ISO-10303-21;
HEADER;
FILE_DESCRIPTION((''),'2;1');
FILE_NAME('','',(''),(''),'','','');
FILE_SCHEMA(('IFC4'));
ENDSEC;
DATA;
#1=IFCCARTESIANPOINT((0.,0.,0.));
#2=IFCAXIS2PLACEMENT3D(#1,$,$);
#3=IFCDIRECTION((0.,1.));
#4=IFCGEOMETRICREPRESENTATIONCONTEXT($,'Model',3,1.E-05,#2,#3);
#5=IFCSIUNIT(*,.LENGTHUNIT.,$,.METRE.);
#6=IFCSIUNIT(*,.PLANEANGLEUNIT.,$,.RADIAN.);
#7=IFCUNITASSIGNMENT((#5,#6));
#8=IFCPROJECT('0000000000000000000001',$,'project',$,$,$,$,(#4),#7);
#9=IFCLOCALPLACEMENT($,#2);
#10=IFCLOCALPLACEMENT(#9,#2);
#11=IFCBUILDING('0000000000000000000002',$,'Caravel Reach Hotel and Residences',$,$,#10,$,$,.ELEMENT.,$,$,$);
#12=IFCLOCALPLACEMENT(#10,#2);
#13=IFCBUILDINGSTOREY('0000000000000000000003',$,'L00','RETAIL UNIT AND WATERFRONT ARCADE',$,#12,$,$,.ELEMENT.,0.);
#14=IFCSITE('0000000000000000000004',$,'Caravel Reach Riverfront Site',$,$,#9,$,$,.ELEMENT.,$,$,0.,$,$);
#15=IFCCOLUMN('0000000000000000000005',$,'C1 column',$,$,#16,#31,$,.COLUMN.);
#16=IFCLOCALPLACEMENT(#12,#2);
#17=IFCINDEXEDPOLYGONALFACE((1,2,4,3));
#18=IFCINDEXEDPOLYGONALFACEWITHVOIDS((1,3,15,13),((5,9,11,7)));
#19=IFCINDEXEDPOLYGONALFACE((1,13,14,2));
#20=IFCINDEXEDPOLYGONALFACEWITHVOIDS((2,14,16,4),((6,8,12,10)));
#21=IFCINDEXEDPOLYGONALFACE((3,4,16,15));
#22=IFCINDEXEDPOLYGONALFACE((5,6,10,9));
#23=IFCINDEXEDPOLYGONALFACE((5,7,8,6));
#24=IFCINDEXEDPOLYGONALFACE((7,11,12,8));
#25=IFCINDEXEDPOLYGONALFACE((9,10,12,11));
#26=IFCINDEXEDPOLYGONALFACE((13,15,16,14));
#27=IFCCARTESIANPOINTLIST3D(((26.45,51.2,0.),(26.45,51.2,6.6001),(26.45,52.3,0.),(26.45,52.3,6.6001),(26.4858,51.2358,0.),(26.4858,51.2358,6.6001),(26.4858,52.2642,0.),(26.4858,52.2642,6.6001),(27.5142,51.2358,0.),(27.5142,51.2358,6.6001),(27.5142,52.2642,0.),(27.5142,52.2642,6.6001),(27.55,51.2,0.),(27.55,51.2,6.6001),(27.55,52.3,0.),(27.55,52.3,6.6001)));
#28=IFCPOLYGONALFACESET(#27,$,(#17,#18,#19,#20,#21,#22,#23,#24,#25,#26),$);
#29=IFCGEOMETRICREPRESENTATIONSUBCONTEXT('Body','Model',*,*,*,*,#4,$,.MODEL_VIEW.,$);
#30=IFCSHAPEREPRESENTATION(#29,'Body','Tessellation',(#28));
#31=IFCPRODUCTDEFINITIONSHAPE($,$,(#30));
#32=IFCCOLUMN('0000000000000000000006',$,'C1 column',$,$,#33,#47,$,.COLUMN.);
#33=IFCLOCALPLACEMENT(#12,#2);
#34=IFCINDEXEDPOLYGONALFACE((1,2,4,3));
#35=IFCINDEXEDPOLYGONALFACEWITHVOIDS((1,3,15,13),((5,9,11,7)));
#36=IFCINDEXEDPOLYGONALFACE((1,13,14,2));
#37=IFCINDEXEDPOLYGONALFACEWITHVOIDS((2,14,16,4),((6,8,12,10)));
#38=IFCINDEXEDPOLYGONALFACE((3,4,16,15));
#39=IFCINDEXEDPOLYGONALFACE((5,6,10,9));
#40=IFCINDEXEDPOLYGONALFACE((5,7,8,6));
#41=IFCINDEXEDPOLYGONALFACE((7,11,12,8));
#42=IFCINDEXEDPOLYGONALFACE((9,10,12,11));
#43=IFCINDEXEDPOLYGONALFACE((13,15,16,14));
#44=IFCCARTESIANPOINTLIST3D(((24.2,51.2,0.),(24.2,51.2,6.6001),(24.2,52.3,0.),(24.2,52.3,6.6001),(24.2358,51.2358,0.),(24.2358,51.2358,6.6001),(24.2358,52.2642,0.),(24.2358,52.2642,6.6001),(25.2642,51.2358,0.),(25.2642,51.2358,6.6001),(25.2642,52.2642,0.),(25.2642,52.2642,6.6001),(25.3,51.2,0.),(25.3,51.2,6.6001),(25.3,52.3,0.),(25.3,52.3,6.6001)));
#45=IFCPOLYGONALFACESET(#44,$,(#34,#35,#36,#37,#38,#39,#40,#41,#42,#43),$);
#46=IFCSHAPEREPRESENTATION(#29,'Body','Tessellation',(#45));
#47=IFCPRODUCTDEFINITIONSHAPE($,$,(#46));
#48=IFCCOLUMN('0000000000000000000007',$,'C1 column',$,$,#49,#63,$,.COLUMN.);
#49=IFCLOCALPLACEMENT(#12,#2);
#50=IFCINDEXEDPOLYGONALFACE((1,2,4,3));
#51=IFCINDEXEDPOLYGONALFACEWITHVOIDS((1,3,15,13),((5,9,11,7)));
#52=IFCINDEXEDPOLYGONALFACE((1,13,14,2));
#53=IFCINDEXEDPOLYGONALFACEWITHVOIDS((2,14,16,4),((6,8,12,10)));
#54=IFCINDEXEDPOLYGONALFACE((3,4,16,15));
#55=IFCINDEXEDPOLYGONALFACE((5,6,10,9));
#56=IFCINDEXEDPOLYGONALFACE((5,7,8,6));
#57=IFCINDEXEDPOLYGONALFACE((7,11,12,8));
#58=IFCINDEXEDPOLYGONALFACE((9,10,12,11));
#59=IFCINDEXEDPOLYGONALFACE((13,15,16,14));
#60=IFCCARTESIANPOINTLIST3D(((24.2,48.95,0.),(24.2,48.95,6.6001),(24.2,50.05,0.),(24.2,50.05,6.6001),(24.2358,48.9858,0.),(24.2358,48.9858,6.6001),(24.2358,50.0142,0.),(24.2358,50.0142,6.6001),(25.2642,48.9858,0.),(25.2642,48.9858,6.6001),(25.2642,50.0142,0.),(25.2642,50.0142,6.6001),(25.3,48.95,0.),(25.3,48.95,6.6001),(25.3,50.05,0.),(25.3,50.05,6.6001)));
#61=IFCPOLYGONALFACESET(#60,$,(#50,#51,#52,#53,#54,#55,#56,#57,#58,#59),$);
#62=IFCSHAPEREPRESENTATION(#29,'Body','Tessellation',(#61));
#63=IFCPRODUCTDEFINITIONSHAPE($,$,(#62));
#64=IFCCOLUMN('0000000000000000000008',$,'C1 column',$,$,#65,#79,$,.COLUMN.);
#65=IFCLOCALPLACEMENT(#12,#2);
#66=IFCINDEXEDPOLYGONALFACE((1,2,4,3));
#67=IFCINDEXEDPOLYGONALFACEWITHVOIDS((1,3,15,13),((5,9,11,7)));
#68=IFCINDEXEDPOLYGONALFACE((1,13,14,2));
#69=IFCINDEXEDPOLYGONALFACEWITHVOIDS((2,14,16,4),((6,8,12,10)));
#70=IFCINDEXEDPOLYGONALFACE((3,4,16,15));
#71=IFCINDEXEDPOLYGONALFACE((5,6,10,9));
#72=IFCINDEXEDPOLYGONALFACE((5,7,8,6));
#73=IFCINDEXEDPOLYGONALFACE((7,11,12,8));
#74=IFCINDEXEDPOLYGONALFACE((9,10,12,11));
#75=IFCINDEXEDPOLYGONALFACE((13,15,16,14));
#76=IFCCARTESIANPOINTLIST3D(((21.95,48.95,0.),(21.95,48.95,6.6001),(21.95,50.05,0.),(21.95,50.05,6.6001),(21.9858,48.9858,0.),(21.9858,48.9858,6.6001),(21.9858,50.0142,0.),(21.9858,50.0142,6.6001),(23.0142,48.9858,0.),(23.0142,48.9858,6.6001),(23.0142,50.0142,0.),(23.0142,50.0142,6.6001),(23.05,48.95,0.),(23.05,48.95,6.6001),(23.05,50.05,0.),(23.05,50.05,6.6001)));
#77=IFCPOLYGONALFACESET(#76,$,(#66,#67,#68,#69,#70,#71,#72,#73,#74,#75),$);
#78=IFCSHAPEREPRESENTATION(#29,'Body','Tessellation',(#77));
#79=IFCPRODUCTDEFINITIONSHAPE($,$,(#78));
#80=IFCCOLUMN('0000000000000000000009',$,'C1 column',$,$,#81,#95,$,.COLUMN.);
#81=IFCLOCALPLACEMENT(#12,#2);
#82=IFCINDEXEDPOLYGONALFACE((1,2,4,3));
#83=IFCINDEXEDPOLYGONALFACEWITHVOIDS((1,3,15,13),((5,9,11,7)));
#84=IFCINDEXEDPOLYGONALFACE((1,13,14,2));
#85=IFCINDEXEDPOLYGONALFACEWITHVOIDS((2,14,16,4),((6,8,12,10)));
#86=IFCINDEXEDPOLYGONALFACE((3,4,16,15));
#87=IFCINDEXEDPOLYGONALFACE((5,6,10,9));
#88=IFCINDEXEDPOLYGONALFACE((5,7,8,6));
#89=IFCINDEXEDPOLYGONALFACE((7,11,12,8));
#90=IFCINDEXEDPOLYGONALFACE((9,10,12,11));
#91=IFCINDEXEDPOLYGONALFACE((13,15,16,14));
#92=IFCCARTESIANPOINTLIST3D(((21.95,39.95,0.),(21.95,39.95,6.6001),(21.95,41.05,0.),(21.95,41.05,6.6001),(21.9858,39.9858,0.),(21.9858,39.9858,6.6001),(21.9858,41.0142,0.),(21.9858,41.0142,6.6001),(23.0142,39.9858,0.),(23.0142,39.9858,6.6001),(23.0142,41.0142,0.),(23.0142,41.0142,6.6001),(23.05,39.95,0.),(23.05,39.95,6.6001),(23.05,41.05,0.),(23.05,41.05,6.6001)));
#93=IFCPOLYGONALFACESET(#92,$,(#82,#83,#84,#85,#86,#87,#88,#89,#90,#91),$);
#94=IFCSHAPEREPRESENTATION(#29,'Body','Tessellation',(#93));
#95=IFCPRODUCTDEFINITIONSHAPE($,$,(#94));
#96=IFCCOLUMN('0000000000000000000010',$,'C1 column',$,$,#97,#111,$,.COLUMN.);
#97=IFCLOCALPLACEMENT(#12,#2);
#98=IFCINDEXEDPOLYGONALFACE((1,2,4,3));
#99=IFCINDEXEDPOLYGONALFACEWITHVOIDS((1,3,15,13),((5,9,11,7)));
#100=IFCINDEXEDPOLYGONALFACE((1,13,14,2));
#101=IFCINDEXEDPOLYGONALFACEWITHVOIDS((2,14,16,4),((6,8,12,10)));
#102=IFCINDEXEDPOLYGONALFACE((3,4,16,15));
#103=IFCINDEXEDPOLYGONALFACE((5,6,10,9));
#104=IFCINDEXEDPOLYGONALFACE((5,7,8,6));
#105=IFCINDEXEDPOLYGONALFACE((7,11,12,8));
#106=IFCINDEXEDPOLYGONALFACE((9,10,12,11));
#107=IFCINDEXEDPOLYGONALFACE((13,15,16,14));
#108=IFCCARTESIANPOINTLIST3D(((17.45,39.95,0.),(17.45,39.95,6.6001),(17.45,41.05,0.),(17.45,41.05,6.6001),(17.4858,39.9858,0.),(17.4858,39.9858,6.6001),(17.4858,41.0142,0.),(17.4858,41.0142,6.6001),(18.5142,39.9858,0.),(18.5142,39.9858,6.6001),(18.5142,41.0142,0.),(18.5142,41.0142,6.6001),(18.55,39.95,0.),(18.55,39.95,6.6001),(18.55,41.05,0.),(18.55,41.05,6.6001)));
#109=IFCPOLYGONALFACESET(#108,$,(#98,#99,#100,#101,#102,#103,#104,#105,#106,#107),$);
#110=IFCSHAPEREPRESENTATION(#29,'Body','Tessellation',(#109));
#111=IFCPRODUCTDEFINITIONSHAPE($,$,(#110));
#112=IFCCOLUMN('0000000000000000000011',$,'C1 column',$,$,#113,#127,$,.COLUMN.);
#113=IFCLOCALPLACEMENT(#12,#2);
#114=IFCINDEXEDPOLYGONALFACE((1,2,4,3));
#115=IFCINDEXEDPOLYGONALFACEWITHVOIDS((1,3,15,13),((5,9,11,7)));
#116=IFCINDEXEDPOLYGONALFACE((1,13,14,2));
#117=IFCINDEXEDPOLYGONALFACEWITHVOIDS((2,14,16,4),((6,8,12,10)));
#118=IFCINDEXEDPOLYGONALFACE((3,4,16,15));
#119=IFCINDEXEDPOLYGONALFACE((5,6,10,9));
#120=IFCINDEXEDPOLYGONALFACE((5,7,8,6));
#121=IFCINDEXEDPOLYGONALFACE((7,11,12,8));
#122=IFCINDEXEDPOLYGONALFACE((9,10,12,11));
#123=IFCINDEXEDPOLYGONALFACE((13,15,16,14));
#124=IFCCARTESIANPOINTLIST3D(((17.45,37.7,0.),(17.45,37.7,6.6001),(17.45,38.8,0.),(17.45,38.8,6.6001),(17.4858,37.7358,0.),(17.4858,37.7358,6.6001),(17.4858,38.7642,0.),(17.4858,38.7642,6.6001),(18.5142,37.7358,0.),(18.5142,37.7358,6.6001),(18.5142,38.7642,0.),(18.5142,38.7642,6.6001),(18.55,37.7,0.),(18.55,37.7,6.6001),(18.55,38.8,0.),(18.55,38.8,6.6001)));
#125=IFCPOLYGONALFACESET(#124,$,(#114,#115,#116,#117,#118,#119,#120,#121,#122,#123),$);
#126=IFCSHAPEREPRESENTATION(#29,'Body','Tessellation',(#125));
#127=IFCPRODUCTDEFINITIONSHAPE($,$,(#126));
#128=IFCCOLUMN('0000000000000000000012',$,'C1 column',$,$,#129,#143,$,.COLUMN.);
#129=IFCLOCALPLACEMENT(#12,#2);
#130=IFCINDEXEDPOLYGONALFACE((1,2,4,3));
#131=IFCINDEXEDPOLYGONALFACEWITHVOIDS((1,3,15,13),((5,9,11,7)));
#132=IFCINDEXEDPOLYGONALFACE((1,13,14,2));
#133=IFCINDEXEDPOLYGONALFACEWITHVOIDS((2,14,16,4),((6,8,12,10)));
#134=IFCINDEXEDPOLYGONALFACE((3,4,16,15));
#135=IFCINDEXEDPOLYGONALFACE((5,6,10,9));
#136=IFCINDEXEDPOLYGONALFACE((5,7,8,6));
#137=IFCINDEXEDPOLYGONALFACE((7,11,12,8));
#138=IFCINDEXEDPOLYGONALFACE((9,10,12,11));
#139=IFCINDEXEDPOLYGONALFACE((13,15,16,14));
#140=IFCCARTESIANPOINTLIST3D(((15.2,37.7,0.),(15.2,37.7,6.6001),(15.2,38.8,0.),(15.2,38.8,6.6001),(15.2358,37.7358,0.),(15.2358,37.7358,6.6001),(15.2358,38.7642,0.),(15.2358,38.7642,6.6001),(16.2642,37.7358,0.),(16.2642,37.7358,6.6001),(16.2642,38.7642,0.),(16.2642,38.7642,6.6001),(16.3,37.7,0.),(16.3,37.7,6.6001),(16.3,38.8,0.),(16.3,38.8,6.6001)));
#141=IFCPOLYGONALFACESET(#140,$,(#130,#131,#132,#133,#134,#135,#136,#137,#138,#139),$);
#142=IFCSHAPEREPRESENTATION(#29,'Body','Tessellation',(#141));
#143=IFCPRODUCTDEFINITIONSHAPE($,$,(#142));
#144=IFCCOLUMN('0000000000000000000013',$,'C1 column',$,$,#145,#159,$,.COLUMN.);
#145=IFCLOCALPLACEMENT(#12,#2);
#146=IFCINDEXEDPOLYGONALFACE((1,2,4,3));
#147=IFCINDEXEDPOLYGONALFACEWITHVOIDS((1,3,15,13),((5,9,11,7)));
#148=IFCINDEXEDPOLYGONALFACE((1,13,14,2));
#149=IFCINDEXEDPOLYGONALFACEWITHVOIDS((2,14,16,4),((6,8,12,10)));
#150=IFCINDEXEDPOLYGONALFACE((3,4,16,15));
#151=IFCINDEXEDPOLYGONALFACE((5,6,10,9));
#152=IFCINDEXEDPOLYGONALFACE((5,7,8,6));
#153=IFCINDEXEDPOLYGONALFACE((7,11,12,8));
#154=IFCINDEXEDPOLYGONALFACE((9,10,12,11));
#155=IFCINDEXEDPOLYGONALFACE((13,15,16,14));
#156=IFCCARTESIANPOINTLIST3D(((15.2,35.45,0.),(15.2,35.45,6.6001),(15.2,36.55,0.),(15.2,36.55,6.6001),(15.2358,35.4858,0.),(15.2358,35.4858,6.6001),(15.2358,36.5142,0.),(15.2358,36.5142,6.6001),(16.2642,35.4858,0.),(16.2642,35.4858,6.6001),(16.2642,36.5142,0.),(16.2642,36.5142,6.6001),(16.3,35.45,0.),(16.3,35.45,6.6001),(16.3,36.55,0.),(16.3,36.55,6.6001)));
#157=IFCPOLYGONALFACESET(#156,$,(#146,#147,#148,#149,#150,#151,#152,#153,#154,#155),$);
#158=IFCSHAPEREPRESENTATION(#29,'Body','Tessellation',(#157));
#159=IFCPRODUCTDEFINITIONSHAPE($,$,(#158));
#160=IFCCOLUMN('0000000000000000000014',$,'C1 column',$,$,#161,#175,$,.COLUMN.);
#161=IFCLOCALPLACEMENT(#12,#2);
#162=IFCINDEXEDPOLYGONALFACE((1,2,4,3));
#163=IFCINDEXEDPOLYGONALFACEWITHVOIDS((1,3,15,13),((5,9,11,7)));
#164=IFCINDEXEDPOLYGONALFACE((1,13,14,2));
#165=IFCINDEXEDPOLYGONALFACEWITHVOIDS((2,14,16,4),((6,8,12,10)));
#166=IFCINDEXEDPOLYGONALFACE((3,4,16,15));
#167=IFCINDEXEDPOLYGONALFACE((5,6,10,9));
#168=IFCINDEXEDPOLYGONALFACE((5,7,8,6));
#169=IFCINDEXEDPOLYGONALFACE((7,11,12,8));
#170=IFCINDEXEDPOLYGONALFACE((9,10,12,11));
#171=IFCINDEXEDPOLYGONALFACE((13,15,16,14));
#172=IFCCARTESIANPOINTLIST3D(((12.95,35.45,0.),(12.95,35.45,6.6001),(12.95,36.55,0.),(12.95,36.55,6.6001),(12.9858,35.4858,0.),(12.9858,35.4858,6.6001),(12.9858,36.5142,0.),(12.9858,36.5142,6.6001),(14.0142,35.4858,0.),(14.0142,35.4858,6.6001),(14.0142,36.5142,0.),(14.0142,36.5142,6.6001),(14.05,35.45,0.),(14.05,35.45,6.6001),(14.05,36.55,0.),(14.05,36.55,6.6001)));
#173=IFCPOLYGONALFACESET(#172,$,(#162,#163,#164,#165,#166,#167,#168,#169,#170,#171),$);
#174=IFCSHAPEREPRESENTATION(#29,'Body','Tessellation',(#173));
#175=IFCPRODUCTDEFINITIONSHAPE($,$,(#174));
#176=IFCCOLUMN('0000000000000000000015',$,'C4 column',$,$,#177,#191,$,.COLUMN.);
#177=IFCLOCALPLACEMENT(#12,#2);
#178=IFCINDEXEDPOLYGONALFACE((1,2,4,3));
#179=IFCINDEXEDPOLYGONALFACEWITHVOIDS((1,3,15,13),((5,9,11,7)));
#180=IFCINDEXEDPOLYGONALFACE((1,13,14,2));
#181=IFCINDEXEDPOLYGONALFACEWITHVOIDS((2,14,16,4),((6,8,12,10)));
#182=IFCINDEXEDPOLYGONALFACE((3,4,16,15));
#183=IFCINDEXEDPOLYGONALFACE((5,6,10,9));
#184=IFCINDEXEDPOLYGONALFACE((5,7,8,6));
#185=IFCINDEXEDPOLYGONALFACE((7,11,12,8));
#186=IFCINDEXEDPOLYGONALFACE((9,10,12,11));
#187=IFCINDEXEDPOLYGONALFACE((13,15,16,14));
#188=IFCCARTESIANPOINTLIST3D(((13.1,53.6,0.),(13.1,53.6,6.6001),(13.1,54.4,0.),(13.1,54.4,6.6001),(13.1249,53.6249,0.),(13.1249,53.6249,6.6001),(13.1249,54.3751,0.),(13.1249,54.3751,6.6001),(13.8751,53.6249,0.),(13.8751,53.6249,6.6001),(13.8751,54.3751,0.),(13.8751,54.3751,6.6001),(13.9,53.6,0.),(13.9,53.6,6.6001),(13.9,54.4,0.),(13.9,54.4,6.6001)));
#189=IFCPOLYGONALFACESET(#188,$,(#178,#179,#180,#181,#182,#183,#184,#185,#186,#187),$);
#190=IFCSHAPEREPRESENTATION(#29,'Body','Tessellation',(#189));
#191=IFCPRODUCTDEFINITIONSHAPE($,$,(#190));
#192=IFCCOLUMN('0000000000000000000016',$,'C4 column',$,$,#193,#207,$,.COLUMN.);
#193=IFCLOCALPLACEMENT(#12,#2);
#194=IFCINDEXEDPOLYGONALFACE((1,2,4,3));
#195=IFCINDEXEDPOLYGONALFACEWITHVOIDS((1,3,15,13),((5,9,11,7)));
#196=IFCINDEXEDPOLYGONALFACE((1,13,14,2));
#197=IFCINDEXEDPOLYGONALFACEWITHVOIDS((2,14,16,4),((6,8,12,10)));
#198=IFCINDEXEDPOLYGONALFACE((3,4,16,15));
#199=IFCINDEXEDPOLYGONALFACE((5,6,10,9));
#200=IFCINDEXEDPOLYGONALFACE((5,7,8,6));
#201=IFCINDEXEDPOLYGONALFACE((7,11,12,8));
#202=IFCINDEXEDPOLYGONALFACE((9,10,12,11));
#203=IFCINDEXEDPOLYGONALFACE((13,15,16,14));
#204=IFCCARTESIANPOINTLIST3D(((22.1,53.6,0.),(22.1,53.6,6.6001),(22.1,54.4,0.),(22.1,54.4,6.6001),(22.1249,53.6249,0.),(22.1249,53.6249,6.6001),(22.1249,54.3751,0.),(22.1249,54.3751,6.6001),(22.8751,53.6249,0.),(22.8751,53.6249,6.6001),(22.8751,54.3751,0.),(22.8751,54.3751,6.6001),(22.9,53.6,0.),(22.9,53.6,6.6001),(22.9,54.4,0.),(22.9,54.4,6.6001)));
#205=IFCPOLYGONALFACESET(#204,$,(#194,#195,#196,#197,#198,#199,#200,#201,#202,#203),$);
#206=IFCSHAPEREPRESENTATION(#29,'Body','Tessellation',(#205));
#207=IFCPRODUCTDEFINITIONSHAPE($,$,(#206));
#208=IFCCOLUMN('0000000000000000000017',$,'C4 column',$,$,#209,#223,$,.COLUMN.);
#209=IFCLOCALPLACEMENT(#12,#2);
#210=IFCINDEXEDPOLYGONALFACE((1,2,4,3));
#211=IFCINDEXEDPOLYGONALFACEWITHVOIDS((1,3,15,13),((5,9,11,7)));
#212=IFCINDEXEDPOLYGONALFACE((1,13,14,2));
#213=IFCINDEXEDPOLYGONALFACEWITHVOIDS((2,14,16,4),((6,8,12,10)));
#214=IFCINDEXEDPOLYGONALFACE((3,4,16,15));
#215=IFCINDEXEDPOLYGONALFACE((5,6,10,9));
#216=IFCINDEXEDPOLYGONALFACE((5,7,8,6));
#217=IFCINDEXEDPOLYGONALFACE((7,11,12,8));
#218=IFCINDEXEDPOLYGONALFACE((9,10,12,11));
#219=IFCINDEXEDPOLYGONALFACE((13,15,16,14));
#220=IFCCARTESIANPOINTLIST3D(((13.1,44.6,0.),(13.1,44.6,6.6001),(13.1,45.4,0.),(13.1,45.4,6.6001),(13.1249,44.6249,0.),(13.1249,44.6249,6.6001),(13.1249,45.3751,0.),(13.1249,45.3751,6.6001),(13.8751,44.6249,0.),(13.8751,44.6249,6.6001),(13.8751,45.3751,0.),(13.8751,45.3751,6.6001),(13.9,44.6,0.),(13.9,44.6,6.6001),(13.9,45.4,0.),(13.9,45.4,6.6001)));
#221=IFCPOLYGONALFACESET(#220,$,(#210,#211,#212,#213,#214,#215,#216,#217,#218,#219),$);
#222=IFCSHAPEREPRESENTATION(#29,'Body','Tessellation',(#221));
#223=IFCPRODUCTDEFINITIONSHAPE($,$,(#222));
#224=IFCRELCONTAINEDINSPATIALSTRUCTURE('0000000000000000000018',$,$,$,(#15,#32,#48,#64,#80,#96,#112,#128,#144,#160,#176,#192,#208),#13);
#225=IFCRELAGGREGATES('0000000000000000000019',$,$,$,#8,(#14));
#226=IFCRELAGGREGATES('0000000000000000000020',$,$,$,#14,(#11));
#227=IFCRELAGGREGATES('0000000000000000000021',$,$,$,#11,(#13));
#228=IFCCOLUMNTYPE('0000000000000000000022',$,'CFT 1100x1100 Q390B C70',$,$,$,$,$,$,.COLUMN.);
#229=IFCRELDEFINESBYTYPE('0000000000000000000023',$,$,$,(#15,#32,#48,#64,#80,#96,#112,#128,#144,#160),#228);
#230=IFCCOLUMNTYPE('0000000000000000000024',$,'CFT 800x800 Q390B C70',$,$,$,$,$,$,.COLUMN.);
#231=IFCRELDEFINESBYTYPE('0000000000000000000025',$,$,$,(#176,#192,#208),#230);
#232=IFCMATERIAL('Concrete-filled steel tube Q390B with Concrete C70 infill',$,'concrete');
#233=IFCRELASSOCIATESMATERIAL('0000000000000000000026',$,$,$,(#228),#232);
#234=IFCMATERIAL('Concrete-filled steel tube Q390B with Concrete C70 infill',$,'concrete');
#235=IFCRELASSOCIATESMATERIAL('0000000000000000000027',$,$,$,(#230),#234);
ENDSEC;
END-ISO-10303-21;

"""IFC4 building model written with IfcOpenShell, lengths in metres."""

from ifc_helpers import new_model, si_unit, direction, frame, origin, origin_2d, place, context, subcontext, project, spatial, hollow_rectangle, extrude, material, material_profile, profile_set, type_object, element, save


model = new_model("IFC4")

# Units and contexts
model_context = context("Model", 3, precision=1e-05, world=origin(), true_north=direction((0.0, 1.0)))
body_context = subcontext(model_context, "Body", "Model", "MODEL_VIEW")
ifc_project = project(units=[si_unit("LENGTHUNIT", "METRE"), si_unit("PLANEANGLEUNIT", "RADIAN")], contexts=[model_context])

# Site, building, storey
site_placement = place(None, origin())
site = spatial("IfcSite", under=ifc_project, at=site_placement, Name="Caravel Reach Riverfront Site", CompositionType="ELEMENT", RefElevation=0.0)
building_placement = place(site_placement, origin())
building = spatial("IfcBuilding", under=site, at=building_placement, Name="Caravel Reach Hotel and Residences", CompositionType="ELEMENT")
storey_placement = place(building_placement, origin())
storey = spatial("IfcBuildingStorey", under=building, at=storey_placement, Name="L00", Description="RETAIL UNIT AND WATERFRONT ARCADE", CompositionType="ELEMENT", Elevation=0.0)

# Columns
ifc_material_1 = material(Name="Concrete-filled steel tube Q390B with Concrete C70 infill", Category="concrete")
ifc_material_profile_1 = material_profile(ifc_material_1, hollow_rectangle(XDim=1.1001, YDim=1.1001, WallThickness=0.0359, at=origin_2d()), Name="RHS 1100x1100x36")
ifc_profile_set_1 = profile_set([ifc_material_profile_1], Name="Concrete-filled steel tube Q390B with Concrete C70 infill")
column_type_1 = type_object("IfcColumnType", Name="CFT 1100x1100 Q390B C70", PredefinedType="COLUMN", material=ifc_profile_set_1)
for number, where, z_axis, x_axis, name in (
    (1, (27.0, 51.75, 0.0), (0.0, 0.0, 1.0), (1.0, 0.0, 0.0), "C1 column"),
    (2, (24.75, 51.75, 0.0), (0.0, 0.0, 1.0), (1.0, 0.0, 0.0), "C1 column"),
    (3, (24.75, 49.5, 0.0), (0.0, 0.0, 1.0), (1.0, 0.0, 0.0), "C1 column"),
    (4, (22.5, 49.5, 0.0), (0.0, 0.0, 1.0), (1.0, 0.0, 0.0), "C1 column"),
    (5, (22.5, 40.5, 0.0), (0.0, 0.0, 1.0), (1.0, 0.0, 0.0), "C1 column"),
    (6, (18.0, 40.5, 0.0), (0.0, 0.0, 1.0), (1.0, 0.0, 0.0), "C1 column"),
    (7, (18.0, 38.25, 0.0), (0.0, 0.0, 1.0), (1.0, 0.0, 0.0), "C1 column"),
    (8, (15.75, 38.25, 0.0), (0.0, 0.0, 1.0), (1.0, 0.0, 0.0), "C1 column"),
    (9, (15.75, 36.0, 0.0), (0.0, 0.0, 1.0), (1.0, 0.0, 0.0), "C1 column"),
    (10, (13.5, 36.0, 0.0), (0.0, 0.0, 1.0), (1.0, 0.0, 0.0), "C1 column"),
):
    element("IfcColumn", number, at=place(storey_placement, frame(where, z_axis=z_axis, x_axis=x_axis)), inside=storey, type_object=column_type_1, Name=name, PredefinedType="COLUMN", context=body_context, shape_type="SweptSolid", body=[
        extrude(hollow_rectangle(XDim=1.1001, YDim=1.1001, WallThickness=0.0359, at=origin_2d()), origin(), (0.0, 0.0, 1.0), 6.6001),
    ])
ifc_material_2 = material(Name="Concrete-filled steel tube Q390B with Concrete C70 infill", Category="concrete")
ifc_material_profile_2 = material_profile(ifc_material_2, hollow_rectangle(XDim=0.8, YDim=0.8, WallThickness=0.0249, at=origin_2d()), Name="RHS 800x800x25")
ifc_profile_set_2 = profile_set([ifc_material_profile_2], Name="Concrete-filled steel tube Q390B with Concrete C70 infill")
column_type_2 = type_object("IfcColumnType", Name="CFT 800x800 Q390B C70", PredefinedType="COLUMN", material=ifc_profile_set_2)
for number, where, z_axis, x_axis, name in (
    (11, (13.5, 54.0, 0.0), (0.0, 0.0, 1.0), (1.0, 0.0, 0.0), "C4 column"),
    (12, (22.5, 54.0, 0.0), (0.0, 0.0, 1.0), (1.0, 0.0, 0.0), "C4 column"),
    (13, (13.5, 45.0, 0.0), (0.0, 0.0, 1.0), (1.0, 0.0, 0.0), "C4 column"),
):
    element("IfcColumn", number, at=place(storey_placement, frame(where, z_axis=z_axis, x_axis=x_axis)), inside=storey, type_object=column_type_2, Name=name, PredefinedType="COLUMN", context=body_context, shape_type="SweptSolid", body=[
        extrude(hollow_rectangle(XDim=0.8, YDim=0.8, WallThickness=0.0249, at=origin_2d()), origin(), (0.0, 0.0, 1.0), 6.6001),
    ])

save(model, "model.ifc")
